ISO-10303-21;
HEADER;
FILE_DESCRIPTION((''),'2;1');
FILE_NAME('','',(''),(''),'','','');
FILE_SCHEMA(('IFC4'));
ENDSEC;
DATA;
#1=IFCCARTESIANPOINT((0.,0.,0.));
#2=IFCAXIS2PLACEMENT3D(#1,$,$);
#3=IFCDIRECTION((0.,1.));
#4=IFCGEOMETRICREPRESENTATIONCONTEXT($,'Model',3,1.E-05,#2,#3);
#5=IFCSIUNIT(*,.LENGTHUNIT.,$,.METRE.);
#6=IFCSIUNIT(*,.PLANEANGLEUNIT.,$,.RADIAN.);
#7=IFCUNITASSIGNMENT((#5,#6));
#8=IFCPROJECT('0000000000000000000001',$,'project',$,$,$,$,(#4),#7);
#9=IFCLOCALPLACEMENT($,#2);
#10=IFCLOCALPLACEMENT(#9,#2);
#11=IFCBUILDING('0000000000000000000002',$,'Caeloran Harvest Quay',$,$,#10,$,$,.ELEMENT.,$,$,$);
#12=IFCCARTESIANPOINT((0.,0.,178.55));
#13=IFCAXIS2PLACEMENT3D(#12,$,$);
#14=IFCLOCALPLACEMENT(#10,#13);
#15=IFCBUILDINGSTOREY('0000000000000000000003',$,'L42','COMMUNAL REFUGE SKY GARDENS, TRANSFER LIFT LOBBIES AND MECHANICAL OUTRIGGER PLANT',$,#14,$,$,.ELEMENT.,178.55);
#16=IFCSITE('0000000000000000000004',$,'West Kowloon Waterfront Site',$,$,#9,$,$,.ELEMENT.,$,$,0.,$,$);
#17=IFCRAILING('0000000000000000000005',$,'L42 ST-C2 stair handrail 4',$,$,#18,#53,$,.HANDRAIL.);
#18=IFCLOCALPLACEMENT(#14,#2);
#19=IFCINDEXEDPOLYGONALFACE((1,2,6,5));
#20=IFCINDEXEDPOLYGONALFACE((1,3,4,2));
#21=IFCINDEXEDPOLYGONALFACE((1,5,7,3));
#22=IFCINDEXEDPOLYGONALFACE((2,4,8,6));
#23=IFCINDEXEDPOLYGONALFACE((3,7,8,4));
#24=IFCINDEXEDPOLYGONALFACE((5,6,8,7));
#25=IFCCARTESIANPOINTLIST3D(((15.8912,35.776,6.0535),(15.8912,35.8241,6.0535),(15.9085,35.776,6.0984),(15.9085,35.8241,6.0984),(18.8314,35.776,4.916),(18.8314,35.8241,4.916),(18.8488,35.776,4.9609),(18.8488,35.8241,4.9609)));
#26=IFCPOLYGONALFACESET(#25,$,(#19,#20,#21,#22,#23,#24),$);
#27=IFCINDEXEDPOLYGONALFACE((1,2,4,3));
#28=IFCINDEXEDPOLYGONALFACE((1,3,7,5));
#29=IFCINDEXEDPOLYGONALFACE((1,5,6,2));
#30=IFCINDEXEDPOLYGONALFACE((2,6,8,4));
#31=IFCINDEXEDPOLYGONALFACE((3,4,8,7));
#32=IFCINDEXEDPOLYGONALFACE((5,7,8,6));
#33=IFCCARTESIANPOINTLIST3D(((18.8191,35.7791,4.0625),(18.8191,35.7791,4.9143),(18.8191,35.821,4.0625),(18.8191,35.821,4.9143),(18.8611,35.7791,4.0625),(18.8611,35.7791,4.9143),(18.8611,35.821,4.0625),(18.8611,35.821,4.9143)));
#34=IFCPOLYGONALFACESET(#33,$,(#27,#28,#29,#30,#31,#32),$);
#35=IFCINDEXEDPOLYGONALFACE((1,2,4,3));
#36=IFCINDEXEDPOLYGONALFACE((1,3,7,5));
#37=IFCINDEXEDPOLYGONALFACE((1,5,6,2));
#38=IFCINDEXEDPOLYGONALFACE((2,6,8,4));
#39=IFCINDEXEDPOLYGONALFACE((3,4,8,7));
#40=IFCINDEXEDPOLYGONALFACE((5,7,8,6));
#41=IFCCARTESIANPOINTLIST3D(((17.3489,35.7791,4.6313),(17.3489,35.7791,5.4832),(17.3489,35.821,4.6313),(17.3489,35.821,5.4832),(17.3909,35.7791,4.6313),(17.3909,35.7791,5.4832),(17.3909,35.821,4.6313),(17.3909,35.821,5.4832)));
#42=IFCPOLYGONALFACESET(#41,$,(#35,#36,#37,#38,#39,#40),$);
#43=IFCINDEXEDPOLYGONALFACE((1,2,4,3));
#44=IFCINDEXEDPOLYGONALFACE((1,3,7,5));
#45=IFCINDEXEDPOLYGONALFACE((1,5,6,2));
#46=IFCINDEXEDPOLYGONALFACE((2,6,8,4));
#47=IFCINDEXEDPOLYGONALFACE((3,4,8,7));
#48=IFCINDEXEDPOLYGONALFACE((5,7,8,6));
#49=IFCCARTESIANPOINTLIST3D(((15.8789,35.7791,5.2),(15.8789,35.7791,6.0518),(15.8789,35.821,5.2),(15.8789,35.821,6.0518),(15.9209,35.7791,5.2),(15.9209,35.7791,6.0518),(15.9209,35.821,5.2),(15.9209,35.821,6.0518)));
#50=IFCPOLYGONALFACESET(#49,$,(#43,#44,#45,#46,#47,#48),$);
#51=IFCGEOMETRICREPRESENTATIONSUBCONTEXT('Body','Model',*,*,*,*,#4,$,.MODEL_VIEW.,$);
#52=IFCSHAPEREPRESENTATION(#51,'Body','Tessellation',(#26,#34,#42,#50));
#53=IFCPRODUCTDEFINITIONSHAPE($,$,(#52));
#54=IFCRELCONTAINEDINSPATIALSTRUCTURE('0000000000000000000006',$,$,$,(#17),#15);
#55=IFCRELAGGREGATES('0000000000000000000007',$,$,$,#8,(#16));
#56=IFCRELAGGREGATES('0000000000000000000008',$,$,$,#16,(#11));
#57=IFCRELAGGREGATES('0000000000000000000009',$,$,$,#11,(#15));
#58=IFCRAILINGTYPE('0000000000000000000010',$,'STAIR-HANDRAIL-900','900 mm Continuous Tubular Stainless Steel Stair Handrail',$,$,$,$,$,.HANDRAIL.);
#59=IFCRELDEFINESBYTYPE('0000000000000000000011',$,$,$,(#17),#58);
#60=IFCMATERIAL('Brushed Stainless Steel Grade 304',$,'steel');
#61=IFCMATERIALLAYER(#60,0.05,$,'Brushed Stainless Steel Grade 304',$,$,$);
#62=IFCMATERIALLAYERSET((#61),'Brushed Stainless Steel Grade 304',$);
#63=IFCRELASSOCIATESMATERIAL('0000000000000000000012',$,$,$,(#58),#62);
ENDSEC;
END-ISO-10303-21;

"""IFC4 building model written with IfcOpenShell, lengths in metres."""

from ifc_helpers import new_model, si_unit, direction, frame, origin, origin_2d, place, context, subcontext, project, spatial, rectangle, extrude, material, layer, layer_set, type_object, element, save


model = new_model("IFC4")

# Units and contexts
model_context = context("Model", 3, precision=1e-05, world=origin(), true_north=direction((0.0, 1.0)))
body_context = subcontext(model_context, "Body", "Model", "MODEL_VIEW")
ifc_project = project(units=[si_unit("LENGTHUNIT", "METRE"), si_unit("PLANEANGLEUNIT", "RADIAN")], contexts=[model_context])

# Site, building, storey
site_placement = place(None, origin())
site = spatial("IfcSite", under=ifc_project, at=site_placement, Name="West Kowloon Waterfront Site", CompositionType="ELEMENT", RefElevation=0.0)
building_placement = place(site_placement, origin())
building = spatial("IfcBuilding", under=site, at=building_placement, Name="Caeloran Harvest Quay", CompositionType="ELEMENT")
storey_placement = place(building_placement, frame((0.0, 0.0, 178.55)))
storey = spatial("IfcBuildingStorey", under=building, at=storey_placement, Name="L42", Description="COMMUNAL REFUGE SKY GARDENS, TRANSFER LIFT LOBBIES AND MECHANICAL OUTRIGGER PLANT", CompositionType="ELEMENT", Elevation=178.55)

# Railing
ifc_material_1 = material(Name="Brushed Stainless Steel Grade 304", Category="steel")
ifc_layer_1 = layer(ifc_material_1, 0.05, Name="Brushed Stainless Steel Grade 304")
ifc_layer_set_1 = layer_set([ifc_layer_1], Name="Brushed Stainless Steel Grade 304")
railing_type_1 = type_object("IfcRailingType", Name="STAIR-HANDRAIL-900", Description="900 mm Continuous Tubular Stainless Steel Stair Handrail", PredefinedType="HANDRAIL", material=ifc_layer_set_1)
railing_1_placement = place(storey_placement, frame((18.8401, 35.8, 4.0625)))
element("IfcRailing", 1, at=railing_1_placement, inside=storey, type_object=railing_type_1, Name="L42 ST-C2 stair handrail 4", PredefinedType="HANDRAIL", context=body_context, shape_type="SweptSolid", body=[
    extrude(rectangle(XDim=0.0481, YDim=0.0481, at=origin_2d()), frame((0.0, 0.0, 0.876), z_axis=(-0.932641, 0.0, 0.360805), x_axis=(0.0, -1.0, 0.0)), (0.0, 0.0, 1.0), 3.1526),
    extrude(rectangle(XDim=0.042, YDim=0.042, at=origin_2d()), origin(), (0.0, 0.0, 1.0), 0.8518),
    extrude(rectangle(XDim=0.042, YDim=0.042, at=origin_2d()), frame((-1.4702, 0.0, 0.5688)), (0.0, 0.0, 1.0), 0.8518),
    extrude(rectangle(XDim=0.042, YDim=0.042, at=origin_2d()), frame((-2.9402, 0.0, 1.1375)), (0.0, 0.0, 1.0), 0.8518),
])

save(model, "model.ifc")
